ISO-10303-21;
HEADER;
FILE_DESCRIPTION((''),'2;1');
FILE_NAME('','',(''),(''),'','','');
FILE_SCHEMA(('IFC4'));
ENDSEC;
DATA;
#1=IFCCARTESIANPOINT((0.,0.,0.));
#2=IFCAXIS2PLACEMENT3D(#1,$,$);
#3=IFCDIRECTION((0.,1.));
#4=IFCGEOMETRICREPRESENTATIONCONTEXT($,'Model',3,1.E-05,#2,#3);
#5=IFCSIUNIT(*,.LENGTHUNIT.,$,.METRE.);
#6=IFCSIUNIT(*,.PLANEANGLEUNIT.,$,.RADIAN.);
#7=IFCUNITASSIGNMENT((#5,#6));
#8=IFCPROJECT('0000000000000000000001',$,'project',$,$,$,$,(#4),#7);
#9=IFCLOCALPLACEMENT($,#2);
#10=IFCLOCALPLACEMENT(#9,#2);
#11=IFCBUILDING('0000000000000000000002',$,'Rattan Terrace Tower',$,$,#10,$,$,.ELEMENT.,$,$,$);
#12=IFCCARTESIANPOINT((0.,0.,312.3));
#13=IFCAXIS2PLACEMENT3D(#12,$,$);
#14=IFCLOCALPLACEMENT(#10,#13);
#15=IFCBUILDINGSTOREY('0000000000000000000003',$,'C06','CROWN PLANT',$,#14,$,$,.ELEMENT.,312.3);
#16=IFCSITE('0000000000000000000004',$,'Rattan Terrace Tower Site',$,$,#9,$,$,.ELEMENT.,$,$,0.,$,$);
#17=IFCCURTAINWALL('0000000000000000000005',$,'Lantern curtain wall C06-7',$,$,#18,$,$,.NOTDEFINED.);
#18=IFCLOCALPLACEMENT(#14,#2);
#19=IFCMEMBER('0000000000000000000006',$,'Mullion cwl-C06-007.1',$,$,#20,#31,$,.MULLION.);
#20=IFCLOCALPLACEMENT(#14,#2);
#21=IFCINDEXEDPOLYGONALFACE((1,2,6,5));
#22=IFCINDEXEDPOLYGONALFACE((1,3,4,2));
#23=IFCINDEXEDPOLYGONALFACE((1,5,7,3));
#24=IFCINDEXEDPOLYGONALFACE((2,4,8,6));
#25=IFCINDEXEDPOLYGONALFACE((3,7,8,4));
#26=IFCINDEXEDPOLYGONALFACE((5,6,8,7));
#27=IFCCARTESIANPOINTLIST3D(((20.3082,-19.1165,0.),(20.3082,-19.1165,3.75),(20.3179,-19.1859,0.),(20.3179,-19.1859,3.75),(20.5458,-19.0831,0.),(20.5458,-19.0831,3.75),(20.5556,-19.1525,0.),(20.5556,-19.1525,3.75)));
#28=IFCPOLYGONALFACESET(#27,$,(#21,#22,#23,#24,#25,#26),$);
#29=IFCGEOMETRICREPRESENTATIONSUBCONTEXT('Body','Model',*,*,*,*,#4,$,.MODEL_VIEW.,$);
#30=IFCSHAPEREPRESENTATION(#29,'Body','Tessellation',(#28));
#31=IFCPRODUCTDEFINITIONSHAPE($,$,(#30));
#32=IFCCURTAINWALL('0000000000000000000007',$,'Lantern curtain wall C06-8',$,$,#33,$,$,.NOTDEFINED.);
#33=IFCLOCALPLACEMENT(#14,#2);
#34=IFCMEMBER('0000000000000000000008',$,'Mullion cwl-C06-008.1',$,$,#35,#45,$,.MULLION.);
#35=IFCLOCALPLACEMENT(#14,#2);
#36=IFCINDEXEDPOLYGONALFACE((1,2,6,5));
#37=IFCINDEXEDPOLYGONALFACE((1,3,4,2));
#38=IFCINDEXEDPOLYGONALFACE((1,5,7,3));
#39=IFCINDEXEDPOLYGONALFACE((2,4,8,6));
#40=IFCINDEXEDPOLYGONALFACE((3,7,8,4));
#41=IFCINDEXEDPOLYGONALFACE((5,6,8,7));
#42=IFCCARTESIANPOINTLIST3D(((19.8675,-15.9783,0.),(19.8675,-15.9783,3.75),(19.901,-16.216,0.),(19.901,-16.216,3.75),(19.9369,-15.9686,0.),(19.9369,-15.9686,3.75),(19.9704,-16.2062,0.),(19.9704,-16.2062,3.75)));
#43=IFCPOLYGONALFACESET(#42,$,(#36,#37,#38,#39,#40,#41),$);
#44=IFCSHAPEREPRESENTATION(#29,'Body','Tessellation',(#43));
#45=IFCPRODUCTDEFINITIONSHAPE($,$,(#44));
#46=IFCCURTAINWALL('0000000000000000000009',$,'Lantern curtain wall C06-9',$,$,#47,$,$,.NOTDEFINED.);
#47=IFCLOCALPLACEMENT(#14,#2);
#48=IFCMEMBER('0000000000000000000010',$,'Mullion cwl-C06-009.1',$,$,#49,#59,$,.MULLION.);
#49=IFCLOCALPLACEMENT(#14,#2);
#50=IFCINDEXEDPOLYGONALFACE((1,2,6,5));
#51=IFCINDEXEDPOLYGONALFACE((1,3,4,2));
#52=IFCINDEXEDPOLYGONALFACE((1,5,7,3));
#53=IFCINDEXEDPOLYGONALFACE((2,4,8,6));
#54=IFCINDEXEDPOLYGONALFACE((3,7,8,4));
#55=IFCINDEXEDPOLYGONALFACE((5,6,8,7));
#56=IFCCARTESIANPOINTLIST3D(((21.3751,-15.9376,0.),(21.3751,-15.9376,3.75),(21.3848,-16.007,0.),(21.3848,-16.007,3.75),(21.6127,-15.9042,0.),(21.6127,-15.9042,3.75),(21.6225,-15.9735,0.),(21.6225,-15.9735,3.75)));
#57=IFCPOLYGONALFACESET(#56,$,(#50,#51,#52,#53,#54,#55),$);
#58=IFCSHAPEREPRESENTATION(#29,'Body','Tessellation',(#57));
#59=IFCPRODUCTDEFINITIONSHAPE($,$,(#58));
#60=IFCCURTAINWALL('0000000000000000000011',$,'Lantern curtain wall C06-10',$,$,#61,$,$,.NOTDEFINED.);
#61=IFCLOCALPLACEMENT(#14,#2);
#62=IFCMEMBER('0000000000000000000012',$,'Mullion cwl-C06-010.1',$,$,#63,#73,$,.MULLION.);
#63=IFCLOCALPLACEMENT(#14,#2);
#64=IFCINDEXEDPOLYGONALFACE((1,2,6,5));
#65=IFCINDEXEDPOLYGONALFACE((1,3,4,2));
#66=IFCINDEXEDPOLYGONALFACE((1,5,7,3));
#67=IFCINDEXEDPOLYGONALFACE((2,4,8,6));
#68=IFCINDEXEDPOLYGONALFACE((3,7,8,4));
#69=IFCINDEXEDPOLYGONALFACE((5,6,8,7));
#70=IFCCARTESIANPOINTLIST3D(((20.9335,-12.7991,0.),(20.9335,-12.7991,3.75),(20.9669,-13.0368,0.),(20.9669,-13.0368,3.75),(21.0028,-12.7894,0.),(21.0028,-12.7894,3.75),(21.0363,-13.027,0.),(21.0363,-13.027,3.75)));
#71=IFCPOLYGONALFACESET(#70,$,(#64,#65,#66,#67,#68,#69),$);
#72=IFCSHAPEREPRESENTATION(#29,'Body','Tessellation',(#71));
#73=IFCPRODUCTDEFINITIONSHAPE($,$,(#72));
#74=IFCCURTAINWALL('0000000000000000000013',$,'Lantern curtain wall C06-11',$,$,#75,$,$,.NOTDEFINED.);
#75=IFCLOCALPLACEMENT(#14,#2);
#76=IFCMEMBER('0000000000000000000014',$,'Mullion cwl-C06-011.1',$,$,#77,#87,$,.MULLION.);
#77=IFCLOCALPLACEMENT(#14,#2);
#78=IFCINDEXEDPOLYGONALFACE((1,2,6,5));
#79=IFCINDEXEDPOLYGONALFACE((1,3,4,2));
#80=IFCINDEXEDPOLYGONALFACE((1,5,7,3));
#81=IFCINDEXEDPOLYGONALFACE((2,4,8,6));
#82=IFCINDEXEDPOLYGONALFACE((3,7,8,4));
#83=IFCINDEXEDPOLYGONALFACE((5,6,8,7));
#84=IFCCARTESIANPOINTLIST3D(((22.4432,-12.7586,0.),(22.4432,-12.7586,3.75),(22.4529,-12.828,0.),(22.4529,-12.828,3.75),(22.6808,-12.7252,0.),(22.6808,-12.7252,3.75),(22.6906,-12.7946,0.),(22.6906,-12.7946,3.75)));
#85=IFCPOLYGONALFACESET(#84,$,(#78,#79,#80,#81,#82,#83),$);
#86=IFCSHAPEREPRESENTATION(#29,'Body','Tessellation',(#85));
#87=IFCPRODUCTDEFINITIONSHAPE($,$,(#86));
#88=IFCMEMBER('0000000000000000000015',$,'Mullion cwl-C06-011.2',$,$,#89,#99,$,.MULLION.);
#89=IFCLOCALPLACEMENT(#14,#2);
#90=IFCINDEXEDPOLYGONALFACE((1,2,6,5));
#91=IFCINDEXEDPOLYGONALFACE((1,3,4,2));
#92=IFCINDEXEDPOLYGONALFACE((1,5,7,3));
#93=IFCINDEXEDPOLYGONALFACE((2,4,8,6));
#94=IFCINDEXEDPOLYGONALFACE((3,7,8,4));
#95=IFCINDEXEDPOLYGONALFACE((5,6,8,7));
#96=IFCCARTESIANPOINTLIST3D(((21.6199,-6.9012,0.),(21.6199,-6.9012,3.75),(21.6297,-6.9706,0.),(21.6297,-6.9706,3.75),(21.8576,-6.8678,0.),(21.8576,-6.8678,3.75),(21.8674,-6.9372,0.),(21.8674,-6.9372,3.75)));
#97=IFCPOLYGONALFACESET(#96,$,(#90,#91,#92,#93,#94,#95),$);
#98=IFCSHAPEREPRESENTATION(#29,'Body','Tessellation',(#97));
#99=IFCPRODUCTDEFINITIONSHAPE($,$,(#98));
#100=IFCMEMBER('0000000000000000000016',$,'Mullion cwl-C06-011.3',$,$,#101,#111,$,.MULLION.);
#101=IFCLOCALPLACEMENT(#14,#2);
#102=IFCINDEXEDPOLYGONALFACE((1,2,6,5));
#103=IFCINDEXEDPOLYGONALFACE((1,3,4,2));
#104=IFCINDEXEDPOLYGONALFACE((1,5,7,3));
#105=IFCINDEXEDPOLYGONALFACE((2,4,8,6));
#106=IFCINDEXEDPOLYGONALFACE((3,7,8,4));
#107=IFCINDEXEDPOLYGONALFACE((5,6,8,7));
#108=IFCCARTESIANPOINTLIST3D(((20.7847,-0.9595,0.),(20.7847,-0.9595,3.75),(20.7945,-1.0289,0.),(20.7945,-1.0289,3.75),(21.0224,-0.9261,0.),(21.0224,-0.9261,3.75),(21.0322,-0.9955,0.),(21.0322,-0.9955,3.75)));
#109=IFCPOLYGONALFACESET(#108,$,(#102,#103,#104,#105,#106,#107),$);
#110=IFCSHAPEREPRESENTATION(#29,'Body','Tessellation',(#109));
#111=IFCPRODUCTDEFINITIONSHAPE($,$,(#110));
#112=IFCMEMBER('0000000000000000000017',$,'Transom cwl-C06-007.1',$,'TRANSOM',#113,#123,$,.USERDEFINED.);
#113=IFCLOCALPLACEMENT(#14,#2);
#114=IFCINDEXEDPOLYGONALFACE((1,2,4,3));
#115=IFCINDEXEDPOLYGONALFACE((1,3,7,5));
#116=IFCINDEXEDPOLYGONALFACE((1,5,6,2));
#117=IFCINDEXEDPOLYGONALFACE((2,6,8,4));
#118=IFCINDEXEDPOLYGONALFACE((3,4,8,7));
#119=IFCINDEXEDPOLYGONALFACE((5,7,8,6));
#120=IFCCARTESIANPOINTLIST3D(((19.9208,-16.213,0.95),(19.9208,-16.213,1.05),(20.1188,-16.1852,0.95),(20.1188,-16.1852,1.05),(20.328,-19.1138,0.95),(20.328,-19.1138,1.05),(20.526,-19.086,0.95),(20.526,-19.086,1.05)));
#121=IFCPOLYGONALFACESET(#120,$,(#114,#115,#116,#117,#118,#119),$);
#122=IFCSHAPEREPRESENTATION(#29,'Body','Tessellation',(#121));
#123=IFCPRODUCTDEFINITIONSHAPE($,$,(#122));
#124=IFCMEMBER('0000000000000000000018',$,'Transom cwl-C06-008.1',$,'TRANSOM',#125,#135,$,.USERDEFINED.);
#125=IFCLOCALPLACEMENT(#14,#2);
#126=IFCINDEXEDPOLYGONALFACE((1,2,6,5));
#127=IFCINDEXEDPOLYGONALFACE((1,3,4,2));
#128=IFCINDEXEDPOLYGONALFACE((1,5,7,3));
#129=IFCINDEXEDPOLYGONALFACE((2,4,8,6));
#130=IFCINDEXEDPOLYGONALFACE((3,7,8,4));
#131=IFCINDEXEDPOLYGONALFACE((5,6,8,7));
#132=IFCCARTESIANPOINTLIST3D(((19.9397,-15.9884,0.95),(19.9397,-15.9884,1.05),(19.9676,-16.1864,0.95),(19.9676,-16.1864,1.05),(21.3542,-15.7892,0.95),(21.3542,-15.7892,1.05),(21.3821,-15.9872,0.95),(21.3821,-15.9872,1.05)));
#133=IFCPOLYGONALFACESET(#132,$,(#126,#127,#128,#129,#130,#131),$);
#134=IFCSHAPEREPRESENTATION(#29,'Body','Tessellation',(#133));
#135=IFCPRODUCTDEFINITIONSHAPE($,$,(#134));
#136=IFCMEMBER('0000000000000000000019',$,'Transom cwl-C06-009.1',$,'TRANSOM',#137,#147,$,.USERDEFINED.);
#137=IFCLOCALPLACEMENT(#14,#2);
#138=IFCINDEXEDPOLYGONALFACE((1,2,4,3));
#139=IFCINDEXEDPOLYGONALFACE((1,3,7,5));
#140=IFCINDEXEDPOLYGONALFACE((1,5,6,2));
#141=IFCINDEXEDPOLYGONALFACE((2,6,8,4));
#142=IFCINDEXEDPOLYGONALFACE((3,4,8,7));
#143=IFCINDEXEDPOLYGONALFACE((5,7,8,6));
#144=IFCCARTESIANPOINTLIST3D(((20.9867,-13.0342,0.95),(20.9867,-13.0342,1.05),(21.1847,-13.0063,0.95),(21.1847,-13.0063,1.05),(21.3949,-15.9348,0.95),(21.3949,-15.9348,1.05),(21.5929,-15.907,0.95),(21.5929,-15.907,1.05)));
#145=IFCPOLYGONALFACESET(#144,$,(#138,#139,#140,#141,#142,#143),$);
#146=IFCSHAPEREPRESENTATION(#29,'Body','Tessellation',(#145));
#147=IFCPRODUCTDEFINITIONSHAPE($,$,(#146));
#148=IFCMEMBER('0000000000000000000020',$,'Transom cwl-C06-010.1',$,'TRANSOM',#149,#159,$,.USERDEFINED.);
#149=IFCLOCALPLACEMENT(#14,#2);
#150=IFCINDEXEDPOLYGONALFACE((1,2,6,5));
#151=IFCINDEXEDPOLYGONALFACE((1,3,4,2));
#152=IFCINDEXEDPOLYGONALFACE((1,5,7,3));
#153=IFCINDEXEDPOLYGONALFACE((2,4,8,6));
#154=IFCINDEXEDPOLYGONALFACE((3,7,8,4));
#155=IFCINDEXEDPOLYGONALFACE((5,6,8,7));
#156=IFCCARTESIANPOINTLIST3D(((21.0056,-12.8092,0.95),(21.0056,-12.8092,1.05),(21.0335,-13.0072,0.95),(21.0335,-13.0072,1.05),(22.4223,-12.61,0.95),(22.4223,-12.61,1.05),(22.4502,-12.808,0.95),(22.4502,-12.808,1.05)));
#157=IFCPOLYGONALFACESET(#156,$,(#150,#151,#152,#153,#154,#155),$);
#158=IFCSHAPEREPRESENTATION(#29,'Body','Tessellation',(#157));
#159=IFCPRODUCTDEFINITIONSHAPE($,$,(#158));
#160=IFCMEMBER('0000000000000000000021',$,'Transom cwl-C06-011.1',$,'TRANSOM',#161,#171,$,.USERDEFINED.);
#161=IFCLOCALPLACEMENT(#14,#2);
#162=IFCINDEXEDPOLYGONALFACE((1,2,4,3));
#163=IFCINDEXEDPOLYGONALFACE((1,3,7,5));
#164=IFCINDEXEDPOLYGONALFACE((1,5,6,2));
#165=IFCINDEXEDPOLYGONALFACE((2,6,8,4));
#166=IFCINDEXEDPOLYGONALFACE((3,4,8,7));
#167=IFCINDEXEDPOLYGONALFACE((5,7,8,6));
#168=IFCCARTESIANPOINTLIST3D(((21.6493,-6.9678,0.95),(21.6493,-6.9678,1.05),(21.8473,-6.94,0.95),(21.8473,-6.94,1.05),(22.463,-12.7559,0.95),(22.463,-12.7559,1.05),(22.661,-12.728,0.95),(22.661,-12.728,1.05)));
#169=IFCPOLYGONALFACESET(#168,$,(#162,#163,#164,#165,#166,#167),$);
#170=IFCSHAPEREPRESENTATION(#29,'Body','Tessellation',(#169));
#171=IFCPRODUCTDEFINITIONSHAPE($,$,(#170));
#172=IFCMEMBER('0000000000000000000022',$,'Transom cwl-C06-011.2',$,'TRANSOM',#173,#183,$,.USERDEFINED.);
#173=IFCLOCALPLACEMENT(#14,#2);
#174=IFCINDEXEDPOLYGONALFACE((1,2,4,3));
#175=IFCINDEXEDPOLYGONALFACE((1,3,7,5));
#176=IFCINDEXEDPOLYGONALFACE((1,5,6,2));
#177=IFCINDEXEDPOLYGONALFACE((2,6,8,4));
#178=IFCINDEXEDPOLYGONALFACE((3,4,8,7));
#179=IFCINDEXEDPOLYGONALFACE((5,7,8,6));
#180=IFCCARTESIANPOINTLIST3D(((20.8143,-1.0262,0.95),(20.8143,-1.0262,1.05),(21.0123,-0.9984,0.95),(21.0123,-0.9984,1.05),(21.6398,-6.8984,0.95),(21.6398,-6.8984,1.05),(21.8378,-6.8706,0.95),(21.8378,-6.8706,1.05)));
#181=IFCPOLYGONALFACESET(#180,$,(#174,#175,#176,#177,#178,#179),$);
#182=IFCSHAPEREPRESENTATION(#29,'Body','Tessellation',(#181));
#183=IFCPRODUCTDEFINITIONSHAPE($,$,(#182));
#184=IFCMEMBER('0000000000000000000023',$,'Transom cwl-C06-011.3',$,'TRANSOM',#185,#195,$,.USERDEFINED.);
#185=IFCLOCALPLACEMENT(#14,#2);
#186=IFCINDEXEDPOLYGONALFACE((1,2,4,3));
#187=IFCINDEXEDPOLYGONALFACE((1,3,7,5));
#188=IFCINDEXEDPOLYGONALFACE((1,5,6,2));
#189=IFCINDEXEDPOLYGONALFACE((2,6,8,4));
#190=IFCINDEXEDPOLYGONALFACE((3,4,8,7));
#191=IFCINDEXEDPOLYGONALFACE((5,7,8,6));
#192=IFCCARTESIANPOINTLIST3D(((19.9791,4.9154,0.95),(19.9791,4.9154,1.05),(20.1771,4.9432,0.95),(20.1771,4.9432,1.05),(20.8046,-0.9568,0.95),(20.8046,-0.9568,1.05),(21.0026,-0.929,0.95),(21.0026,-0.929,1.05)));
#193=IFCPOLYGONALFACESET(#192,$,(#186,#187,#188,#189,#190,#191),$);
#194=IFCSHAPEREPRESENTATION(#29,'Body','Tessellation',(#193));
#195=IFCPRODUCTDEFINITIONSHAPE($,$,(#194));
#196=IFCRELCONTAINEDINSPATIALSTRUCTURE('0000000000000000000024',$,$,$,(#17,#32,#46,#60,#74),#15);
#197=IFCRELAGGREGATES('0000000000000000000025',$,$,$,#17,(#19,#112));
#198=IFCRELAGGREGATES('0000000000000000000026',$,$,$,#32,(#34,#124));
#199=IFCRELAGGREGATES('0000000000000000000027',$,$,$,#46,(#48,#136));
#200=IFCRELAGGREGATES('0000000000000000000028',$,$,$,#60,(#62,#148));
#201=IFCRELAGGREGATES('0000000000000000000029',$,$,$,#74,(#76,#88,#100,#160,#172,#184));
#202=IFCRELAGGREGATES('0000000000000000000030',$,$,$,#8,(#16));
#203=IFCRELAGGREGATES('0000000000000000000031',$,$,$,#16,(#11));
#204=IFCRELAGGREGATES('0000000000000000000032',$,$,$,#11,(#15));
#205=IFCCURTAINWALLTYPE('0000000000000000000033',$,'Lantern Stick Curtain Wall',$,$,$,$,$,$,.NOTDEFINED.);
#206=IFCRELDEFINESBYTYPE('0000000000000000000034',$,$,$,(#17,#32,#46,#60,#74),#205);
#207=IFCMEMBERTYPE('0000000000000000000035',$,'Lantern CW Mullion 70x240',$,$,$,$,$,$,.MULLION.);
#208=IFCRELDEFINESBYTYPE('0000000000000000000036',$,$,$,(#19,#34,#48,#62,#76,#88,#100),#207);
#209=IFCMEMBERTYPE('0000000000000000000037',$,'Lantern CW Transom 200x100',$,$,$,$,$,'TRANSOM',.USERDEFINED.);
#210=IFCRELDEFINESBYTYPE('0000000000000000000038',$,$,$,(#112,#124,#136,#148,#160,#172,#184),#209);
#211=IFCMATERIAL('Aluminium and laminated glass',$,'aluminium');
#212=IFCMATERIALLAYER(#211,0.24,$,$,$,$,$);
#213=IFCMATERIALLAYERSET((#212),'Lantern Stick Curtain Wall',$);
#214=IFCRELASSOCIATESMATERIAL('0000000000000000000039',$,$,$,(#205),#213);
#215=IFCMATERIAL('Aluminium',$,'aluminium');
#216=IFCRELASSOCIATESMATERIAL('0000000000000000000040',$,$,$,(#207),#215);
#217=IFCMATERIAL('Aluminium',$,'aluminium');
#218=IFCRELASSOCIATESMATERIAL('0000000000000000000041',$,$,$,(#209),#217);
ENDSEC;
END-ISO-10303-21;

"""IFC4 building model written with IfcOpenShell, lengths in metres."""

from ifc_helpers import new_model, si_unit, direction, frame, origin, origin_2d, place, context, subcontext, project, spatial, rectangle, extrude, material, layer, layer_set, material_profile, profile_set, type_object, element, aggregate, save


model = new_model("IFC4")

# Units and contexts
model_context = context("Model", 3, precision=1e-05, world=origin(), true_north=direction((0.0, 1.0)))
body_context = subcontext(model_context, "Body", "Model", "MODEL_VIEW")
ifc_project = project(units=[si_unit("LENGTHUNIT", "METRE"), si_unit("PLANEANGLEUNIT", "RADIAN")], contexts=[model_context])

# Site, building, storey
site_placement = place(None, origin())
site = spatial("IfcSite", under=ifc_project, at=site_placement, Name="Rattan Terrace Tower Site", CompositionType="ELEMENT", RefElevation=0.0)
building_placement = place(site_placement, origin())
building = spatial("IfcBuilding", under=site, at=building_placement, Name="Rattan Terrace Tower", CompositionType="ELEMENT")
storey_placement = place(building_placement, frame((0.0, 0.0, 312.3)))
storey = spatial("IfcBuildingStorey", under=building, at=storey_placement, Name="C06", Description="CROWN PLANT", CompositionType="ELEMENT", Elevation=312.3)

# Curtain walls, members
ifc_material_1 = material(Name="Aluminium and laminated glass", Category="aluminium")
ifc_layer_1 = layer(ifc_material_1, 0.24)
ifc_layer_set_1 = layer_set([ifc_layer_1], Name="Lantern Stick Curtain Wall")
curtain_wall_type = type_object("IfcCurtainWallType", Name="Lantern Stick Curtain Wall", PredefinedType="NOTDEFINED", material=ifc_layer_set_1)
curtain_wall_1_placement = place(storey_placement, origin())
curtain_wall_1 = element("IfcCurtainWall", 1, at=curtain_wall_1_placement, inside=storey, type_object=curtain_wall_type, Name="Lantern curtain wall C06-7", PredefinedType="NOTDEFINED")
ifc_material_2 = material(Name="Aluminium", Category="aluminium")
ifc_material_profile_1 = material_profile(ifc_material_2, rectangle(XDim=0.0701, YDim=0.24, at=origin_2d()), Name="Aluminium 70x240")
ifc_profile_set_1 = profile_set([ifc_material_profile_1], Name="Aluminium")
member_type_1 = type_object("IfcMemberType", Name="Lantern CW Mullion 70x240", PredefinedType="MULLION", material=ifc_profile_set_1)
member_1_placement = place(storey_placement, frame((20.4319, -19.1345, 0.0), z_axis=(0.0, 0.0, 1.0), x_axis=(-0.13904, 0.990287, 0.0)))
member_1 = element("IfcMember", 2, at=member_1_placement, type_object=member_type_1, Name="Mullion cwl-C06-007.1", PredefinedType="MULLION", context=body_context, shape_type="SweptSolid", body=[
    extrude(rectangle(XDim=0.0701, YDim=0.24, at=origin_2d()), origin(), (0.0, 0.0, 1.0), 3.75),
])
curtain_wall_2_placement = place(storey_placement, origin())
curtain_wall_2 = element("IfcCurtainWall", 3, at=curtain_wall_2_placement, inside=storey, type_object=curtain_wall_type, Name="Lantern curtain wall C06-8", PredefinedType="NOTDEFINED")
member_2_placement = place(storey_placement, frame((19.9189, -16.0923, 0.0), z_axis=(0.0, 0.0, 1.0), x_axis=(0.990228, 0.139459, 0.0)))
member_2 = element("IfcMember", 4, at=member_2_placement, type_object=member_type_1, Name="Mullion cwl-C06-008.1", PredefinedType="MULLION", context=body_context, shape_type="SweptSolid", body=[
    extrude(rectangle(XDim=0.0701, YDim=0.24, at=origin_2d()), origin(), (0.0, 0.0, 1.0), 3.75),
])
curtain_wall_3_placement = place(storey_placement, origin())
curtain_wall_3 = element("IfcCurtainWall", 5, at=curtain_wall_3_placement, inside=storey, type_object=curtain_wall_type, Name="Lantern curtain wall C06-9", PredefinedType="NOTDEFINED")
member_3_placement = place(storey_placement, frame((21.4988, -15.9556, 0.0), z_axis=(0.0, 0.0, 1.0), x_axis=(-0.139367, 0.990241, 0.0)))
member_3 = element("IfcMember", 6, at=member_3_placement, type_object=member_type_1, Name="Mullion cwl-C06-009.1", PredefinedType="MULLION", context=body_context, shape_type="SweptSolid", body=[
    extrude(rectangle(XDim=0.0701, YDim=0.24, at=origin_2d()), origin(), (0.0, 0.0, 1.0), 3.75),
])
curtain_wall_4_placement = place(storey_placement, origin())
curtain_wall_4 = element("IfcCurtainWall", 7, at=curtain_wall_4_placement, inside=storey, type_object=curtain_wall_type, Name="Lantern curtain wall C06-10", PredefinedType="NOTDEFINED")
member_4_placement = place(storey_placement, frame((20.9849, -12.9131, 0.0), z_axis=(0.0, 0.0, 1.0), x_axis=(0.990254, 0.139275, 0.0)))
member_4 = element("IfcMember", 8, at=member_4_placement, type_object=member_type_1, Name="Mullion cwl-C06-010.1", PredefinedType="MULLION", context=body_context, shape_type="SweptSolid", body=[
    extrude(rectangle(XDim=0.0701, YDim=0.24, at=origin_2d()), origin(), (0.0, 0.0, 1.0), 3.75),
])

# Curtain wall, members
curtain_wall_5_placement = place(storey_placement, origin())
curtain_wall_5 = element("IfcCurtainWall", 9, at=curtain_wall_5_placement, inside=storey, type_object=curtain_wall_type, Name="Lantern curtain wall C06-11", PredefinedType="NOTDEFINED")
member_5_placement = place(storey_placement, frame((22.5669, -12.7766, 0.0), z_axis=(0.0, 0.0, 1.0), x_axis=(-0.139188, 0.990266, 0.0)))
member_5 = element("IfcMember", 10, at=member_5_placement, type_object=member_type_1, Name="Mullion cwl-C06-011.1", PredefinedType="MULLION", context=body_context, shape_type="SweptSolid", body=[
    extrude(rectangle(XDim=0.0701, YDim=0.24, at=origin_2d()), origin(), (0.0, 0.0, 1.0), 3.75),
])
member_6_placement = place(storey_placement, frame((21.7437, -6.9192, 0.0), z_axis=(0.0, 0.0, 1.0), x_axis=(-0.139188, 0.990266, 0.0)))
member_6 = element("IfcMember", 11, at=member_6_placement, type_object=member_type_1, Name="Mullion cwl-C06-011.2", PredefinedType="MULLION", context=body_context, shape_type="SweptSolid", body=[
    extrude(rectangle(XDim=0.0701, YDim=0.24, at=origin_2d()), origin(), (0.0, 0.0, 1.0), 3.75),
])
member_7_placement = place(storey_placement, frame((20.9084, -0.9775, 0.0), z_axis=(0.0, 0.0, 1.0), x_axis=(-0.139188, 0.990266, 0.0)))
member_7 = element("IfcMember", 12, at=member_7_placement, type_object=member_type_1, Name="Mullion cwl-C06-011.3", PredefinedType="MULLION", context=body_context, shape_type="SweptSolid", body=[
    extrude(rectangle(XDim=0.0701, YDim=0.24, at=origin_2d()), origin(), (0.0, 0.0, 1.0), 3.75),
])

# Members
ifc_material_3 = material(Name="Aluminium", Category="aluminium")
ifc_material_profile_2 = material_profile(ifc_material_3, rectangle(XDim=0.2, YDim=0.1001, at=origin_2d()), Name="Aluminium 200x100")
ifc_profile_set_2 = profile_set([ifc_material_profile_2], Name="Aluminium")
member_type_2 = type_object("IfcMemberType", Name="Lantern CW Transom 200x100", ElementType="TRANSOM", PredefinedType="USERDEFINED", material=ifc_profile_set_2)
member_8_placement = place(storey_placement, frame((20.427, -19.0999, 1.0), z_axis=(-0.139029, 0.990288, 0.0), x_axis=(-0.990288, -0.139029, 0.0)))
member_8 = element("IfcMember", 13, at=member_8_placement, type_object=member_type_2, Name="Transom cwl-C06-007.1", ObjectType="TRANSOM", PredefinedType="USERDEFINED", context=body_context, shape_type="SweptSolid", body=[
    extrude(rectangle(XDim=0.2, YDim=0.1001, at=origin_2d()), origin(), (0.0, 0.0, 1.0), 2.9292),
])
member_9_placement = place(storey_placement, frame((19.9536, -16.0874, 1.0), z_axis=(0.990228, 0.139459, 0.0), x_axis=(-0.139459, 0.990228, 0.0)))
member_9 = element("IfcMember", 14, at=member_9_placement, type_object=member_type_2, Name="Transom cwl-C06-008.1", ObjectType="TRANSOM", PredefinedType="USERDEFINED", context=body_context, shape_type="SweptSolid", body=[
    extrude(rectangle(XDim=0.2, YDim=0.1001, at=origin_2d()), origin(), (0.0, 0.0, 1.0), 1.4285),
])
member_10_placement = place(storey_placement, frame((21.4939, -15.9209, 1.0), z_axis=(-0.139356, 0.990242, 0.0), x_axis=(-0.990242, -0.139356, 0.0)))
member_10 = element("IfcMember", 15, at=member_10_placement, type_object=member_type_2, Name="Transom cwl-C06-009.1", ObjectType="TRANSOM", PredefinedType="USERDEFINED", context=body_context, shape_type="SweptSolid", body=[
    extrude(rectangle(XDim=0.2, YDim=0.1001, at=origin_2d()), origin(), (0.0, 0.0, 1.0), 2.9292),
])
member_11_placement = place(storey_placement, frame((21.0195, -12.9082, 1.0), z_axis=(0.990258, 0.139247, 0.0), x_axis=(-0.139247, 0.990258, 0.0)))
member_11 = element("IfcMember", 16, at=member_11_placement, type_object=member_type_2, Name="Transom cwl-C06-010.1", ObjectType="TRANSOM", PredefinedType="USERDEFINED", context=body_context, shape_type="SweptSolid", body=[
    extrude(rectangle(XDim=0.2, YDim=0.1001, at=origin_2d()), origin(), (0.0, 0.0, 1.0), 1.4307),
])
member_12_placement = place(storey_placement, frame((22.562, -12.7419, 1.0), z_axis=(-0.139216, 0.990262, 0.0), x_axis=(-0.990262, -0.139216, 0.0)))
member_12 = element("IfcMember", 17, at=member_12_placement, type_object=member_type_2, Name="Transom cwl-C06-011.1", ObjectType="TRANSOM", PredefinedType="USERDEFINED", context=body_context, shape_type="SweptSolid", body=[
    extrude(rectangle(XDim=0.2, YDim=0.1001, at=origin_2d()), origin(), (0.0, 0.0, 1.0), 5.845),
])
member_13_placement = place(storey_placement, frame((21.7388, -6.8845, 1.0), z_axis=(-0.139196, 0.990265, 0.0), x_axis=(-0.990265, -0.139196, 0.0)))
member_13 = element("IfcMember", 18, at=member_13_placement, type_object=member_type_2, Name="Transom cwl-C06-011.2", ObjectType="TRANSOM", PredefinedType="USERDEFINED", context=body_context, shape_type="SweptSolid", body=[
    extrude(rectangle(XDim=0.2, YDim=0.1001, at=origin_2d()), origin(), (0.0, 0.0, 1.0), 5.9299),
])
member_14_placement = place(storey_placement, frame((20.9036, -0.9429, 1.0), z_axis=(-0.139196, 0.990265, 0.0), x_axis=(-0.990265, -0.139196, 0.0)))
member_14 = element("IfcMember", 19, at=member_14_placement, type_object=member_type_2, Name="Transom cwl-C06-011.3", ObjectType="TRANSOM", PredefinedType="USERDEFINED", context=body_context, shape_type="SweptSolid", body=[
    extrude(rectangle(XDim=0.2, YDim=0.1001, at=origin_2d()), origin(), (0.0, 0.0, 1.0), 5.9299),
])

aggregate(curtain_wall_1, [member_1, member_8])
aggregate(curtain_wall_2, [member_2, member_9])
aggregate(curtain_wall_3, [member_3, member_10])
aggregate(curtain_wall_4, [member_4, member_11])
aggregate(curtain_wall_5, [member_5, member_6, member_7, member_12, member_13, member_14])

save(model, "model.ifc")
